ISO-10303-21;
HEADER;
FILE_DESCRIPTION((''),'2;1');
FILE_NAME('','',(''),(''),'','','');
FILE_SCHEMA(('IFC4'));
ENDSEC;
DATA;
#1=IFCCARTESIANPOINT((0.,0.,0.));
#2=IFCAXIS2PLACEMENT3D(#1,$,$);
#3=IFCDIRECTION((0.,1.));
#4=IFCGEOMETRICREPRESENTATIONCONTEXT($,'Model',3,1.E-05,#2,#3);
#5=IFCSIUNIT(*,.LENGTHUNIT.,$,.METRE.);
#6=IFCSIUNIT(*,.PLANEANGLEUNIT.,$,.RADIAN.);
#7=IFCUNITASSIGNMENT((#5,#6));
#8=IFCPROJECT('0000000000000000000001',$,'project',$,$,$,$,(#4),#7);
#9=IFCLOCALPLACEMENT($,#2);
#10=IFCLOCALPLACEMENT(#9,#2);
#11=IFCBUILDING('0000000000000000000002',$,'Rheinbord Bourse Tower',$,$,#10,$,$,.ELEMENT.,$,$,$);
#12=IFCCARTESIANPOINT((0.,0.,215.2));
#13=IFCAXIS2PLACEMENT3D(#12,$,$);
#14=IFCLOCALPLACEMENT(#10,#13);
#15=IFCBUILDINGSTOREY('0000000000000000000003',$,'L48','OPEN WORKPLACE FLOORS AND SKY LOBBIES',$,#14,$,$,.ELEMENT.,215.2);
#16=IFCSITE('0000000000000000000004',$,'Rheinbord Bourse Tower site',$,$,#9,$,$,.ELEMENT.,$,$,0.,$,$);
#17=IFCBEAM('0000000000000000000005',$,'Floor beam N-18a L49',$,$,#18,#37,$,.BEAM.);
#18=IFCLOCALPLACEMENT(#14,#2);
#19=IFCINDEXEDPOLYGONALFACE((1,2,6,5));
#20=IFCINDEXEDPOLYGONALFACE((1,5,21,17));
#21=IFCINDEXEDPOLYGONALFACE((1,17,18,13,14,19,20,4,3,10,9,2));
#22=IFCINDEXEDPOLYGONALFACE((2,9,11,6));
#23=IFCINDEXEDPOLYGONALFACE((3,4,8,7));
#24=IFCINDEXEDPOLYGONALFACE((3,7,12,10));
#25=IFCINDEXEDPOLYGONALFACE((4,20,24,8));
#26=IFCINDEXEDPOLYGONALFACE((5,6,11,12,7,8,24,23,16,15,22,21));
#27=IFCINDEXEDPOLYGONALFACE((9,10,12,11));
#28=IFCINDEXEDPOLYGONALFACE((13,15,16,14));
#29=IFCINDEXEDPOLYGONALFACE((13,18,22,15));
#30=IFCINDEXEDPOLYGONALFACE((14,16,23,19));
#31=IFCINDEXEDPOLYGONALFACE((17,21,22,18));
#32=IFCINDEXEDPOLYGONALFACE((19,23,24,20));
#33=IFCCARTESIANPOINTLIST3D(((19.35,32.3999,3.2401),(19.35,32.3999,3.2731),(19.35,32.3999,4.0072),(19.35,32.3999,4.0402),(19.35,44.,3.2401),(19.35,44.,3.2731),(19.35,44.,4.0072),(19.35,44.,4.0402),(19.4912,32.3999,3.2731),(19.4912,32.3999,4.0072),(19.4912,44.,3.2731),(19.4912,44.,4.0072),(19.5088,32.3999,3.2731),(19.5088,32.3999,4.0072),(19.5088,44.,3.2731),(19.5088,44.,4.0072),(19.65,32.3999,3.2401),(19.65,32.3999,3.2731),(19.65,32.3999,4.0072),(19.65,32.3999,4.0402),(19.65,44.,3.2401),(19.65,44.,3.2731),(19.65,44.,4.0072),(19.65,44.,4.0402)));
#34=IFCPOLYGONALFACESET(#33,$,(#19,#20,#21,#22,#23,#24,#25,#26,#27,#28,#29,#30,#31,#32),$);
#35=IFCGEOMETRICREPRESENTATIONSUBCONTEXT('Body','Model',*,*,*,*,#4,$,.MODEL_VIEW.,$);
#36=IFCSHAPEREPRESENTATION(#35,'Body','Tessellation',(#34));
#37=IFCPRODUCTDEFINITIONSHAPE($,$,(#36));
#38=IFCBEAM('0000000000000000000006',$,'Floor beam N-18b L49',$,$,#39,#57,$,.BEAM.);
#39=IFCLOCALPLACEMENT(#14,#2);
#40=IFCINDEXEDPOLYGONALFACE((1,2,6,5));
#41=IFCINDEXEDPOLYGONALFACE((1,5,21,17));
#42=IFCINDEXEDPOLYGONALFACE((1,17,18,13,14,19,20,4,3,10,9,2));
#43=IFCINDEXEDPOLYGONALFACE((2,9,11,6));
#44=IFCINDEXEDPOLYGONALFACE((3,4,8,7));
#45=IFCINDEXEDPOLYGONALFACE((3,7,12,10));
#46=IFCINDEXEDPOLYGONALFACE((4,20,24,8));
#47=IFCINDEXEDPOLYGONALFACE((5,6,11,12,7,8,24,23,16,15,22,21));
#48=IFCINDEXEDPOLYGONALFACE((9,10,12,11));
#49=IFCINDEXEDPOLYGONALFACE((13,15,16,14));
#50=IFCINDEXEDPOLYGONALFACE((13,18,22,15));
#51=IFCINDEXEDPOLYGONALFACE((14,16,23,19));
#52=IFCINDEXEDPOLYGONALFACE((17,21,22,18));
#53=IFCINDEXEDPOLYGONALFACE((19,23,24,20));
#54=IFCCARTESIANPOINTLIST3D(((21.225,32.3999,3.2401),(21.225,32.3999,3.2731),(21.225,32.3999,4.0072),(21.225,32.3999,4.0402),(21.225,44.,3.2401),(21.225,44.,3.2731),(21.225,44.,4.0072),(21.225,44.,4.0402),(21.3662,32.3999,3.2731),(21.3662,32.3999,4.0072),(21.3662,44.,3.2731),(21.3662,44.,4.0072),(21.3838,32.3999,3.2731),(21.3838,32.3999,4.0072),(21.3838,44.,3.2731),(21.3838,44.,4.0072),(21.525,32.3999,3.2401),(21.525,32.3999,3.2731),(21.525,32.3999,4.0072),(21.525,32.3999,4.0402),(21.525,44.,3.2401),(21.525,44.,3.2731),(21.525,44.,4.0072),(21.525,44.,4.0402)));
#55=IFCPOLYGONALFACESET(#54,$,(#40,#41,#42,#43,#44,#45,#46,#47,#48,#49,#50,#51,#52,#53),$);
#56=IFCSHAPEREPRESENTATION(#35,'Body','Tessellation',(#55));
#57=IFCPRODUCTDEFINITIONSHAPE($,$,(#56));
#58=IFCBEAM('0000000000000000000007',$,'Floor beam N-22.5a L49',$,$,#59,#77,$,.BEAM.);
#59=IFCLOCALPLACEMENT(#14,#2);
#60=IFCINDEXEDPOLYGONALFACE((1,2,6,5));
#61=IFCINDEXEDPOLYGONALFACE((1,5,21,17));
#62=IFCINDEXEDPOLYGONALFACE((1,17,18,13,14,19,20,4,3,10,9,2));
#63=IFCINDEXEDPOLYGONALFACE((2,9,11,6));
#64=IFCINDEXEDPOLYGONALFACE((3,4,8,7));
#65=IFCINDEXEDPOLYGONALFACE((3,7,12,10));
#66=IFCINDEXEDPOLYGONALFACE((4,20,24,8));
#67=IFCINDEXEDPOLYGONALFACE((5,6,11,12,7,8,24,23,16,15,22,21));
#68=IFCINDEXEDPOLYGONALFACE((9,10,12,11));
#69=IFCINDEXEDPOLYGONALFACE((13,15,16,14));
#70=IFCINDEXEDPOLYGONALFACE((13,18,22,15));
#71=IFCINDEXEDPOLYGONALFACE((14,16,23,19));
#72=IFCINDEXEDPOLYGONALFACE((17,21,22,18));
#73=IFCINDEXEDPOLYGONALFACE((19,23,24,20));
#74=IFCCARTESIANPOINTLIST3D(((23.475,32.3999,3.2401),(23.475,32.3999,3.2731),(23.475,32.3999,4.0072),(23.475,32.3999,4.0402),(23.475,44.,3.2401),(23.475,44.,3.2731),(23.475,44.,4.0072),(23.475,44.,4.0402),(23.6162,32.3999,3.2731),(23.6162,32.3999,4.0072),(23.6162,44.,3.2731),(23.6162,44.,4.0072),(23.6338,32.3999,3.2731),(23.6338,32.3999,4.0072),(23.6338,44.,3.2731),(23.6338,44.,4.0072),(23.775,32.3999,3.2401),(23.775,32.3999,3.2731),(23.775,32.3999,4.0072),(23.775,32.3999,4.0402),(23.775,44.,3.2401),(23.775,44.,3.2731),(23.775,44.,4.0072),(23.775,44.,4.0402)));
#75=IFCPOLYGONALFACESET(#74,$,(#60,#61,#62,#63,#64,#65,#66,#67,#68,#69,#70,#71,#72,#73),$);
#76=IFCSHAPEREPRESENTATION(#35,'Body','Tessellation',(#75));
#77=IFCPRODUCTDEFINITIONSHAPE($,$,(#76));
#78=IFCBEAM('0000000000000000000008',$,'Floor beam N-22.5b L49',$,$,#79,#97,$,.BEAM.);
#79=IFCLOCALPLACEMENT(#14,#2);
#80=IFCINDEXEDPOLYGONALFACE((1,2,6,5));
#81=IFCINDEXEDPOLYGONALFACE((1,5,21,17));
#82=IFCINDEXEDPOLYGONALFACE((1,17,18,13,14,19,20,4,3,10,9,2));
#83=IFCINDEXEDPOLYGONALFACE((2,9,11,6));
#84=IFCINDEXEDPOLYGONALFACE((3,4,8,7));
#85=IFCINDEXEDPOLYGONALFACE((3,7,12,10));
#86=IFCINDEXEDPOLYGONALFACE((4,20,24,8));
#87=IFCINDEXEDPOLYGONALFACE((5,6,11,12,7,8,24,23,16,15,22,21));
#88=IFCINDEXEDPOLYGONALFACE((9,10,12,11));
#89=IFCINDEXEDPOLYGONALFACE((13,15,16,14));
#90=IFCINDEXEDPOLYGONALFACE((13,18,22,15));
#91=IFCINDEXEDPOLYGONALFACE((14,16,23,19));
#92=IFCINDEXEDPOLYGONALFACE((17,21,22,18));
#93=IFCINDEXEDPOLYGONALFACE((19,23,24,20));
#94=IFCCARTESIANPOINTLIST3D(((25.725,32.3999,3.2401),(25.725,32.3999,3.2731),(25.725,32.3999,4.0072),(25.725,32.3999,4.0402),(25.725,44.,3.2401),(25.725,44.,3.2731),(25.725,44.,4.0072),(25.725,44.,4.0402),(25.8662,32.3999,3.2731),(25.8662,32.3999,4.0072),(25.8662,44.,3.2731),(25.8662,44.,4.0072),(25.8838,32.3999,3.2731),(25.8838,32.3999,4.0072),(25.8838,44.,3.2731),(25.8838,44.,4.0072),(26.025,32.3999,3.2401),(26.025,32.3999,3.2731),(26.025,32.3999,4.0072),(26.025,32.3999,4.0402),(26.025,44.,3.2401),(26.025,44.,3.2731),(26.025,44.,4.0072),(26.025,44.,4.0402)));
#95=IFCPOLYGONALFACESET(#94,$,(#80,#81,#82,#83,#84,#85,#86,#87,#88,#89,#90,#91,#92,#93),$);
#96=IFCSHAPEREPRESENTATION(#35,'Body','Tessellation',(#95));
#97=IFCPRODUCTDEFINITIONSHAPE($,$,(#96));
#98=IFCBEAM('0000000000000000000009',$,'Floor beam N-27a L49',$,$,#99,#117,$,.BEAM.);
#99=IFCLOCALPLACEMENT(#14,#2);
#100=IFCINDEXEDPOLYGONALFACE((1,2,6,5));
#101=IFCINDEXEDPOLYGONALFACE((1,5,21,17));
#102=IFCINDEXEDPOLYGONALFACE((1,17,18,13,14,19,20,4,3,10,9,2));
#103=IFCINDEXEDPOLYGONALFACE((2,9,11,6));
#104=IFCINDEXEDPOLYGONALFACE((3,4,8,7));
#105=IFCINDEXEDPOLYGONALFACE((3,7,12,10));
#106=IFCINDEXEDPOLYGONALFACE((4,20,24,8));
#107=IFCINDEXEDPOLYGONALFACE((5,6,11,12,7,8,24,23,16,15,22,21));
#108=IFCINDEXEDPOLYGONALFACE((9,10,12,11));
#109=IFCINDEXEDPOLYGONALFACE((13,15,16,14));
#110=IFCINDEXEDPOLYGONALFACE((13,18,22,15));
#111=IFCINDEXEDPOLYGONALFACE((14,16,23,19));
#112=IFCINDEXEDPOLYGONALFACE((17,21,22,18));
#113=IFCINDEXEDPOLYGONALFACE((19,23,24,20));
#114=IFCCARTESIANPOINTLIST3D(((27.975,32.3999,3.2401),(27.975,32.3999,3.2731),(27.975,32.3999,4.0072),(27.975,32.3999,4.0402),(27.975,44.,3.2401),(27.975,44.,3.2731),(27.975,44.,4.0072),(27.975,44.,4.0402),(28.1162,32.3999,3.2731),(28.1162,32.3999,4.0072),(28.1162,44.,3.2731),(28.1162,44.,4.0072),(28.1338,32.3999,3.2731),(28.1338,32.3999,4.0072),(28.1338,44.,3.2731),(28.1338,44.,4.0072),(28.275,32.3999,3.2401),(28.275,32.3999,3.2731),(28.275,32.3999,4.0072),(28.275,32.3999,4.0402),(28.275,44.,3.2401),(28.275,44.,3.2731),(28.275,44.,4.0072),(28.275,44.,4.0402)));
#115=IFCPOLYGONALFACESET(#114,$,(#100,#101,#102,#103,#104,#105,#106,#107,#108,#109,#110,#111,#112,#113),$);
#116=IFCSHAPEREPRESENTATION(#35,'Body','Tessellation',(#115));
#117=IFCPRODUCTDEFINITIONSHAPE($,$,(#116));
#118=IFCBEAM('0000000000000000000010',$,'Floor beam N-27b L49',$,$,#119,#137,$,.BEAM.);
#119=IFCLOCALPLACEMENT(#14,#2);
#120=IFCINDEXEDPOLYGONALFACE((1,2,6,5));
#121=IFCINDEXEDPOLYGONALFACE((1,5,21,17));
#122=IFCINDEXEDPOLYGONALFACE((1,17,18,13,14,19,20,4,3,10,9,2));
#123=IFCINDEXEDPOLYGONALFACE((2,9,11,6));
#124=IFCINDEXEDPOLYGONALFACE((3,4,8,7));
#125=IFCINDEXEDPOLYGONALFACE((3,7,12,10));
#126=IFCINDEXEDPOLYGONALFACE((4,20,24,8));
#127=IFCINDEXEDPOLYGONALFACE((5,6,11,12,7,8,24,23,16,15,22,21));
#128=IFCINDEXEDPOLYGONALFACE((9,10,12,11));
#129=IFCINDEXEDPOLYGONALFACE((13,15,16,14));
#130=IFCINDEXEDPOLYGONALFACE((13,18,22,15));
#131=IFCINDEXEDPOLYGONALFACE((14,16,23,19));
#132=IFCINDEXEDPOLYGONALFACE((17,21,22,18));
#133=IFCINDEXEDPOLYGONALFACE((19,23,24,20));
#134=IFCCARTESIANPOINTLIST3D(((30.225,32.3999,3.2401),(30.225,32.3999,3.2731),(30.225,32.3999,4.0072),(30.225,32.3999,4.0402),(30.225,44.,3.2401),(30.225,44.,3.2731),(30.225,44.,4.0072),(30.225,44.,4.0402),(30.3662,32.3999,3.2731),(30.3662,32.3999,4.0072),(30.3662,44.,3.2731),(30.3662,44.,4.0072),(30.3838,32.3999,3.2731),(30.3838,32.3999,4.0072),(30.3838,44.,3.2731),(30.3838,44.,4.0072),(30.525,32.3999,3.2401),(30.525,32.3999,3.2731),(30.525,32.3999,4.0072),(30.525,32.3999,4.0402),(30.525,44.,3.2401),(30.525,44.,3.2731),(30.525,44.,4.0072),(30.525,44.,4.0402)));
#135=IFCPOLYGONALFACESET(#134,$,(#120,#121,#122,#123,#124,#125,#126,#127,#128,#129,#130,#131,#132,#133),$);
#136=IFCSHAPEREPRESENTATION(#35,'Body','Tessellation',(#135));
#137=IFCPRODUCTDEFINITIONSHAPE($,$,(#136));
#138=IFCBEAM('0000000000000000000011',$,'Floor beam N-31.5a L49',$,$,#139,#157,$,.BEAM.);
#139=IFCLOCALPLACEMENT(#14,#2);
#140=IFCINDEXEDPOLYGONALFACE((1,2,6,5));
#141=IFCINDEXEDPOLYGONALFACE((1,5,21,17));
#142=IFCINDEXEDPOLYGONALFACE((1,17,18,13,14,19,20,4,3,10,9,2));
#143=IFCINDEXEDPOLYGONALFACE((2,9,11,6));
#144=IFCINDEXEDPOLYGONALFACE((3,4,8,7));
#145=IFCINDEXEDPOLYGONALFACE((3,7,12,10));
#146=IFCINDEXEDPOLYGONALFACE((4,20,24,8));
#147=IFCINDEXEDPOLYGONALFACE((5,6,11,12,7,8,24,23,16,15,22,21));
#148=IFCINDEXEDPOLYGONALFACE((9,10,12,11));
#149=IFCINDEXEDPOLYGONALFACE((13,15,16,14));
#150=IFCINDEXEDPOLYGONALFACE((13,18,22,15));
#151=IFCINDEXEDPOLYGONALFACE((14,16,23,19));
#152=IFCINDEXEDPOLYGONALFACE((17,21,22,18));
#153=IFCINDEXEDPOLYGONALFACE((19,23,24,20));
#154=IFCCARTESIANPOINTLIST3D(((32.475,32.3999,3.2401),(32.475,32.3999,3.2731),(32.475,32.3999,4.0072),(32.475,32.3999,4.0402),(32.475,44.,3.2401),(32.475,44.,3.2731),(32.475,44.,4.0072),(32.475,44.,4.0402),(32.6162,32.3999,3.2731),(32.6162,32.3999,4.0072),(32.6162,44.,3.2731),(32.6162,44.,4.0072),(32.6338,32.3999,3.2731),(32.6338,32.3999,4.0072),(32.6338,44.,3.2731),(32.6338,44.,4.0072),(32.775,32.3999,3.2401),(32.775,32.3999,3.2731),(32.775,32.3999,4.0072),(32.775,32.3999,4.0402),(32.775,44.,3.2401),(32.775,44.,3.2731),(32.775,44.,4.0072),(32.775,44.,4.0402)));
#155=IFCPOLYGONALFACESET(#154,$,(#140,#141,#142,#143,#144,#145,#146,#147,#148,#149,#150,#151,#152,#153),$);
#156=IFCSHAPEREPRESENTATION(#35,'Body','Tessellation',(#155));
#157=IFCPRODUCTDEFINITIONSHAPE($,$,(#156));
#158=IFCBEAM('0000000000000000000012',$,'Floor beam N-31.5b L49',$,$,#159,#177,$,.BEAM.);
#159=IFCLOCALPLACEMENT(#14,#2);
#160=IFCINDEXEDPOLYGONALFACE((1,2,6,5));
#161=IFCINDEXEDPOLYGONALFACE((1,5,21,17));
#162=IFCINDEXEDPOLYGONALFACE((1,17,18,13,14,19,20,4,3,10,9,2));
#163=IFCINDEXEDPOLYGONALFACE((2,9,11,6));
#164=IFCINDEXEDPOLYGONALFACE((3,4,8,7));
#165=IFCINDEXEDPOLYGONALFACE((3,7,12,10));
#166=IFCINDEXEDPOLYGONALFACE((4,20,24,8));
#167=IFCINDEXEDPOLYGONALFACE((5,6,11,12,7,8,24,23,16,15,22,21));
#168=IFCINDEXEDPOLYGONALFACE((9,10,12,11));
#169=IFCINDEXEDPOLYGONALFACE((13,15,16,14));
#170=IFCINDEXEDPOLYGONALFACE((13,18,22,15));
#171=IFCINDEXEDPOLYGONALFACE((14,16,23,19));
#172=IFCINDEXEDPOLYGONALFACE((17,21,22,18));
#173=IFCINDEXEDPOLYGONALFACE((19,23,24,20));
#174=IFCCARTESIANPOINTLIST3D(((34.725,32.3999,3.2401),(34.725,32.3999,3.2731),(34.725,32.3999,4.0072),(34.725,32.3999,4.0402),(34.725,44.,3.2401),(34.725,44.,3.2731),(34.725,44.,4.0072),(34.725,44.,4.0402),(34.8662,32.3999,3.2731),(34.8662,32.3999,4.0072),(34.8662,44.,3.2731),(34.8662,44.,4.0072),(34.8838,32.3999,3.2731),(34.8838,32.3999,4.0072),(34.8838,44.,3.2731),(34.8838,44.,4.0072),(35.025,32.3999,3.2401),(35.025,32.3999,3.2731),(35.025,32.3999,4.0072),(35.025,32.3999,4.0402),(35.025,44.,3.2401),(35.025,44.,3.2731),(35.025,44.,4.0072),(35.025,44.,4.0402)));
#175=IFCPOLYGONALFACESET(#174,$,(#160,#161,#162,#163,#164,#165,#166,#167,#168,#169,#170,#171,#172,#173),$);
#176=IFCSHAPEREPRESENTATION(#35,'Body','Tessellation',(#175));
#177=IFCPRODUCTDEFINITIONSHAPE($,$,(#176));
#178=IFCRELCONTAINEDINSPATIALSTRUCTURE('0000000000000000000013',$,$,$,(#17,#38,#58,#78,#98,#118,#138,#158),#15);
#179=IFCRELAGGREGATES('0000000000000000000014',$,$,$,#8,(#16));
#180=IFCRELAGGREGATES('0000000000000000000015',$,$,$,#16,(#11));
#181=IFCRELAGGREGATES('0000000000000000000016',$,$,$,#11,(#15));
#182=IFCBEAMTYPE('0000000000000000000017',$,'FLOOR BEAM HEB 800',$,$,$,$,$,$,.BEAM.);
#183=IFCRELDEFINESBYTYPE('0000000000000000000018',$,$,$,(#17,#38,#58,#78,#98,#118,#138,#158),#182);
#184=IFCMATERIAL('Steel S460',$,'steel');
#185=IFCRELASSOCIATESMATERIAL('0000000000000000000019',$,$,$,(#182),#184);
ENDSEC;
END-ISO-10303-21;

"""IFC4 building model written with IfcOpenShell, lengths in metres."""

from ifc_helpers import new_model, si_unit, direction, frame, origin, origin_2d, place, context, subcontext, project, spatial, i_section, extrude, material, material_profile, profile_set, type_object, element, save


model = new_model("IFC4")

# Units and contexts
model_context = context("Model", 3, precision=1e-05, world=origin(), true_north=direction((0.0, 1.0)))
body_context = subcontext(model_context, "Body", "Model", "MODEL_VIEW")
ifc_project = project(units=[si_unit("LENGTHUNIT", "METRE"), si_unit("PLANEANGLEUNIT", "RADIAN")], contexts=[model_context])

# Site, building, storey
site_placement = place(None, origin())
site = spatial("IfcSite", under=ifc_project, at=site_placement, Name="Rheinbord Bourse Tower site", CompositionType="ELEMENT", RefElevation=0.0)
building_placement = place(site_placement, origin())
building = spatial("IfcBuilding", under=site, at=building_placement, Name="Rheinbord Bourse Tower", CompositionType="ELEMENT")
storey_placement = place(building_placement, frame((0.0, 0.0, 215.2)))
storey = spatial("IfcBuildingStorey", under=building, at=storey_placement, Name="L48", Description="OPEN WORKPLACE FLOORS AND SKY LOBBIES", CompositionType="ELEMENT", Elevation=215.2)

# Beams
ifc_material_1 = material(Name="Steel S460", Category="steel")
ifc_material_profile_1 = material_profile(ifc_material_1, i_section(OverallWidth=0.3, OverallDepth=0.8, WebThickness=0.0176, FlangeThickness=0.033, at=origin_2d()), Name="HEB 800")
ifc_profile_set_1 = profile_set([ifc_material_profile_1], Name="Steel S460")
beam_type_1 = type_object("IfcBeamType", Name="FLOOR BEAM HEB 800", PredefinedType="BEAM", material=ifc_profile_set_1)
for number, where, z_axis, x_axis, name in (
    (1, (19.5, 44.0, 3.6401), (0.0, -1.0, 0.0), (1.0, 0.0, 0.0), "Floor beam N-18a L49"),
    (2, (21.375, 44.0, 3.6401), (0.0, -1.0, 0.0), (1.0, 0.0, 0.0), "Floor beam N-18b L49"),
    (3, (23.625, 44.0, 3.6401), (0.0, -1.0, 0.0), (1.0, 0.0, 0.0), "Floor beam N-22.5a L49"),
    (4, (25.875, 44.0, 3.6401), (0.0, -1.0, 0.0), (1.0, 0.0, 0.0), "Floor beam N-22.5b L49"),
    (5, (28.125, 44.0, 3.6401), (0.0, -1.0, 0.0), (1.0, 0.0, 0.0), "Floor beam N-27a L49"),
    (6, (30.375, 44.0, 3.6401), (0.0, -1.0, 0.0), (1.0, 0.0, 0.0), "Floor beam N-27b L49"),
    (7, (32.625, 44.0, 3.6401), (0.0, -1.0, 0.0), (1.0, 0.0, 0.0), "Floor beam N-31.5a L49"),
    (8, (34.875, 44.0, 3.6401), (0.0, -1.0, 0.0), (1.0, 0.0, 0.0), "Floor beam N-31.5b L49"),
):
    element("IfcBeam", number, at=place(storey_placement, frame(where, z_axis=z_axis, x_axis=x_axis)), inside=storey, type_object=beam_type_1, Name=name, PredefinedType="BEAM", context=body_context, shape_type="SweptSolid", body=[
        extrude(i_section(OverallWidth=0.3, OverallDepth=0.8, WebThickness=0.0176, FlangeThickness=0.033, at=origin_2d()), origin(), (0.0, 0.0, 1.0), 11.6001),
    ])

save(model, "model.ifc")
